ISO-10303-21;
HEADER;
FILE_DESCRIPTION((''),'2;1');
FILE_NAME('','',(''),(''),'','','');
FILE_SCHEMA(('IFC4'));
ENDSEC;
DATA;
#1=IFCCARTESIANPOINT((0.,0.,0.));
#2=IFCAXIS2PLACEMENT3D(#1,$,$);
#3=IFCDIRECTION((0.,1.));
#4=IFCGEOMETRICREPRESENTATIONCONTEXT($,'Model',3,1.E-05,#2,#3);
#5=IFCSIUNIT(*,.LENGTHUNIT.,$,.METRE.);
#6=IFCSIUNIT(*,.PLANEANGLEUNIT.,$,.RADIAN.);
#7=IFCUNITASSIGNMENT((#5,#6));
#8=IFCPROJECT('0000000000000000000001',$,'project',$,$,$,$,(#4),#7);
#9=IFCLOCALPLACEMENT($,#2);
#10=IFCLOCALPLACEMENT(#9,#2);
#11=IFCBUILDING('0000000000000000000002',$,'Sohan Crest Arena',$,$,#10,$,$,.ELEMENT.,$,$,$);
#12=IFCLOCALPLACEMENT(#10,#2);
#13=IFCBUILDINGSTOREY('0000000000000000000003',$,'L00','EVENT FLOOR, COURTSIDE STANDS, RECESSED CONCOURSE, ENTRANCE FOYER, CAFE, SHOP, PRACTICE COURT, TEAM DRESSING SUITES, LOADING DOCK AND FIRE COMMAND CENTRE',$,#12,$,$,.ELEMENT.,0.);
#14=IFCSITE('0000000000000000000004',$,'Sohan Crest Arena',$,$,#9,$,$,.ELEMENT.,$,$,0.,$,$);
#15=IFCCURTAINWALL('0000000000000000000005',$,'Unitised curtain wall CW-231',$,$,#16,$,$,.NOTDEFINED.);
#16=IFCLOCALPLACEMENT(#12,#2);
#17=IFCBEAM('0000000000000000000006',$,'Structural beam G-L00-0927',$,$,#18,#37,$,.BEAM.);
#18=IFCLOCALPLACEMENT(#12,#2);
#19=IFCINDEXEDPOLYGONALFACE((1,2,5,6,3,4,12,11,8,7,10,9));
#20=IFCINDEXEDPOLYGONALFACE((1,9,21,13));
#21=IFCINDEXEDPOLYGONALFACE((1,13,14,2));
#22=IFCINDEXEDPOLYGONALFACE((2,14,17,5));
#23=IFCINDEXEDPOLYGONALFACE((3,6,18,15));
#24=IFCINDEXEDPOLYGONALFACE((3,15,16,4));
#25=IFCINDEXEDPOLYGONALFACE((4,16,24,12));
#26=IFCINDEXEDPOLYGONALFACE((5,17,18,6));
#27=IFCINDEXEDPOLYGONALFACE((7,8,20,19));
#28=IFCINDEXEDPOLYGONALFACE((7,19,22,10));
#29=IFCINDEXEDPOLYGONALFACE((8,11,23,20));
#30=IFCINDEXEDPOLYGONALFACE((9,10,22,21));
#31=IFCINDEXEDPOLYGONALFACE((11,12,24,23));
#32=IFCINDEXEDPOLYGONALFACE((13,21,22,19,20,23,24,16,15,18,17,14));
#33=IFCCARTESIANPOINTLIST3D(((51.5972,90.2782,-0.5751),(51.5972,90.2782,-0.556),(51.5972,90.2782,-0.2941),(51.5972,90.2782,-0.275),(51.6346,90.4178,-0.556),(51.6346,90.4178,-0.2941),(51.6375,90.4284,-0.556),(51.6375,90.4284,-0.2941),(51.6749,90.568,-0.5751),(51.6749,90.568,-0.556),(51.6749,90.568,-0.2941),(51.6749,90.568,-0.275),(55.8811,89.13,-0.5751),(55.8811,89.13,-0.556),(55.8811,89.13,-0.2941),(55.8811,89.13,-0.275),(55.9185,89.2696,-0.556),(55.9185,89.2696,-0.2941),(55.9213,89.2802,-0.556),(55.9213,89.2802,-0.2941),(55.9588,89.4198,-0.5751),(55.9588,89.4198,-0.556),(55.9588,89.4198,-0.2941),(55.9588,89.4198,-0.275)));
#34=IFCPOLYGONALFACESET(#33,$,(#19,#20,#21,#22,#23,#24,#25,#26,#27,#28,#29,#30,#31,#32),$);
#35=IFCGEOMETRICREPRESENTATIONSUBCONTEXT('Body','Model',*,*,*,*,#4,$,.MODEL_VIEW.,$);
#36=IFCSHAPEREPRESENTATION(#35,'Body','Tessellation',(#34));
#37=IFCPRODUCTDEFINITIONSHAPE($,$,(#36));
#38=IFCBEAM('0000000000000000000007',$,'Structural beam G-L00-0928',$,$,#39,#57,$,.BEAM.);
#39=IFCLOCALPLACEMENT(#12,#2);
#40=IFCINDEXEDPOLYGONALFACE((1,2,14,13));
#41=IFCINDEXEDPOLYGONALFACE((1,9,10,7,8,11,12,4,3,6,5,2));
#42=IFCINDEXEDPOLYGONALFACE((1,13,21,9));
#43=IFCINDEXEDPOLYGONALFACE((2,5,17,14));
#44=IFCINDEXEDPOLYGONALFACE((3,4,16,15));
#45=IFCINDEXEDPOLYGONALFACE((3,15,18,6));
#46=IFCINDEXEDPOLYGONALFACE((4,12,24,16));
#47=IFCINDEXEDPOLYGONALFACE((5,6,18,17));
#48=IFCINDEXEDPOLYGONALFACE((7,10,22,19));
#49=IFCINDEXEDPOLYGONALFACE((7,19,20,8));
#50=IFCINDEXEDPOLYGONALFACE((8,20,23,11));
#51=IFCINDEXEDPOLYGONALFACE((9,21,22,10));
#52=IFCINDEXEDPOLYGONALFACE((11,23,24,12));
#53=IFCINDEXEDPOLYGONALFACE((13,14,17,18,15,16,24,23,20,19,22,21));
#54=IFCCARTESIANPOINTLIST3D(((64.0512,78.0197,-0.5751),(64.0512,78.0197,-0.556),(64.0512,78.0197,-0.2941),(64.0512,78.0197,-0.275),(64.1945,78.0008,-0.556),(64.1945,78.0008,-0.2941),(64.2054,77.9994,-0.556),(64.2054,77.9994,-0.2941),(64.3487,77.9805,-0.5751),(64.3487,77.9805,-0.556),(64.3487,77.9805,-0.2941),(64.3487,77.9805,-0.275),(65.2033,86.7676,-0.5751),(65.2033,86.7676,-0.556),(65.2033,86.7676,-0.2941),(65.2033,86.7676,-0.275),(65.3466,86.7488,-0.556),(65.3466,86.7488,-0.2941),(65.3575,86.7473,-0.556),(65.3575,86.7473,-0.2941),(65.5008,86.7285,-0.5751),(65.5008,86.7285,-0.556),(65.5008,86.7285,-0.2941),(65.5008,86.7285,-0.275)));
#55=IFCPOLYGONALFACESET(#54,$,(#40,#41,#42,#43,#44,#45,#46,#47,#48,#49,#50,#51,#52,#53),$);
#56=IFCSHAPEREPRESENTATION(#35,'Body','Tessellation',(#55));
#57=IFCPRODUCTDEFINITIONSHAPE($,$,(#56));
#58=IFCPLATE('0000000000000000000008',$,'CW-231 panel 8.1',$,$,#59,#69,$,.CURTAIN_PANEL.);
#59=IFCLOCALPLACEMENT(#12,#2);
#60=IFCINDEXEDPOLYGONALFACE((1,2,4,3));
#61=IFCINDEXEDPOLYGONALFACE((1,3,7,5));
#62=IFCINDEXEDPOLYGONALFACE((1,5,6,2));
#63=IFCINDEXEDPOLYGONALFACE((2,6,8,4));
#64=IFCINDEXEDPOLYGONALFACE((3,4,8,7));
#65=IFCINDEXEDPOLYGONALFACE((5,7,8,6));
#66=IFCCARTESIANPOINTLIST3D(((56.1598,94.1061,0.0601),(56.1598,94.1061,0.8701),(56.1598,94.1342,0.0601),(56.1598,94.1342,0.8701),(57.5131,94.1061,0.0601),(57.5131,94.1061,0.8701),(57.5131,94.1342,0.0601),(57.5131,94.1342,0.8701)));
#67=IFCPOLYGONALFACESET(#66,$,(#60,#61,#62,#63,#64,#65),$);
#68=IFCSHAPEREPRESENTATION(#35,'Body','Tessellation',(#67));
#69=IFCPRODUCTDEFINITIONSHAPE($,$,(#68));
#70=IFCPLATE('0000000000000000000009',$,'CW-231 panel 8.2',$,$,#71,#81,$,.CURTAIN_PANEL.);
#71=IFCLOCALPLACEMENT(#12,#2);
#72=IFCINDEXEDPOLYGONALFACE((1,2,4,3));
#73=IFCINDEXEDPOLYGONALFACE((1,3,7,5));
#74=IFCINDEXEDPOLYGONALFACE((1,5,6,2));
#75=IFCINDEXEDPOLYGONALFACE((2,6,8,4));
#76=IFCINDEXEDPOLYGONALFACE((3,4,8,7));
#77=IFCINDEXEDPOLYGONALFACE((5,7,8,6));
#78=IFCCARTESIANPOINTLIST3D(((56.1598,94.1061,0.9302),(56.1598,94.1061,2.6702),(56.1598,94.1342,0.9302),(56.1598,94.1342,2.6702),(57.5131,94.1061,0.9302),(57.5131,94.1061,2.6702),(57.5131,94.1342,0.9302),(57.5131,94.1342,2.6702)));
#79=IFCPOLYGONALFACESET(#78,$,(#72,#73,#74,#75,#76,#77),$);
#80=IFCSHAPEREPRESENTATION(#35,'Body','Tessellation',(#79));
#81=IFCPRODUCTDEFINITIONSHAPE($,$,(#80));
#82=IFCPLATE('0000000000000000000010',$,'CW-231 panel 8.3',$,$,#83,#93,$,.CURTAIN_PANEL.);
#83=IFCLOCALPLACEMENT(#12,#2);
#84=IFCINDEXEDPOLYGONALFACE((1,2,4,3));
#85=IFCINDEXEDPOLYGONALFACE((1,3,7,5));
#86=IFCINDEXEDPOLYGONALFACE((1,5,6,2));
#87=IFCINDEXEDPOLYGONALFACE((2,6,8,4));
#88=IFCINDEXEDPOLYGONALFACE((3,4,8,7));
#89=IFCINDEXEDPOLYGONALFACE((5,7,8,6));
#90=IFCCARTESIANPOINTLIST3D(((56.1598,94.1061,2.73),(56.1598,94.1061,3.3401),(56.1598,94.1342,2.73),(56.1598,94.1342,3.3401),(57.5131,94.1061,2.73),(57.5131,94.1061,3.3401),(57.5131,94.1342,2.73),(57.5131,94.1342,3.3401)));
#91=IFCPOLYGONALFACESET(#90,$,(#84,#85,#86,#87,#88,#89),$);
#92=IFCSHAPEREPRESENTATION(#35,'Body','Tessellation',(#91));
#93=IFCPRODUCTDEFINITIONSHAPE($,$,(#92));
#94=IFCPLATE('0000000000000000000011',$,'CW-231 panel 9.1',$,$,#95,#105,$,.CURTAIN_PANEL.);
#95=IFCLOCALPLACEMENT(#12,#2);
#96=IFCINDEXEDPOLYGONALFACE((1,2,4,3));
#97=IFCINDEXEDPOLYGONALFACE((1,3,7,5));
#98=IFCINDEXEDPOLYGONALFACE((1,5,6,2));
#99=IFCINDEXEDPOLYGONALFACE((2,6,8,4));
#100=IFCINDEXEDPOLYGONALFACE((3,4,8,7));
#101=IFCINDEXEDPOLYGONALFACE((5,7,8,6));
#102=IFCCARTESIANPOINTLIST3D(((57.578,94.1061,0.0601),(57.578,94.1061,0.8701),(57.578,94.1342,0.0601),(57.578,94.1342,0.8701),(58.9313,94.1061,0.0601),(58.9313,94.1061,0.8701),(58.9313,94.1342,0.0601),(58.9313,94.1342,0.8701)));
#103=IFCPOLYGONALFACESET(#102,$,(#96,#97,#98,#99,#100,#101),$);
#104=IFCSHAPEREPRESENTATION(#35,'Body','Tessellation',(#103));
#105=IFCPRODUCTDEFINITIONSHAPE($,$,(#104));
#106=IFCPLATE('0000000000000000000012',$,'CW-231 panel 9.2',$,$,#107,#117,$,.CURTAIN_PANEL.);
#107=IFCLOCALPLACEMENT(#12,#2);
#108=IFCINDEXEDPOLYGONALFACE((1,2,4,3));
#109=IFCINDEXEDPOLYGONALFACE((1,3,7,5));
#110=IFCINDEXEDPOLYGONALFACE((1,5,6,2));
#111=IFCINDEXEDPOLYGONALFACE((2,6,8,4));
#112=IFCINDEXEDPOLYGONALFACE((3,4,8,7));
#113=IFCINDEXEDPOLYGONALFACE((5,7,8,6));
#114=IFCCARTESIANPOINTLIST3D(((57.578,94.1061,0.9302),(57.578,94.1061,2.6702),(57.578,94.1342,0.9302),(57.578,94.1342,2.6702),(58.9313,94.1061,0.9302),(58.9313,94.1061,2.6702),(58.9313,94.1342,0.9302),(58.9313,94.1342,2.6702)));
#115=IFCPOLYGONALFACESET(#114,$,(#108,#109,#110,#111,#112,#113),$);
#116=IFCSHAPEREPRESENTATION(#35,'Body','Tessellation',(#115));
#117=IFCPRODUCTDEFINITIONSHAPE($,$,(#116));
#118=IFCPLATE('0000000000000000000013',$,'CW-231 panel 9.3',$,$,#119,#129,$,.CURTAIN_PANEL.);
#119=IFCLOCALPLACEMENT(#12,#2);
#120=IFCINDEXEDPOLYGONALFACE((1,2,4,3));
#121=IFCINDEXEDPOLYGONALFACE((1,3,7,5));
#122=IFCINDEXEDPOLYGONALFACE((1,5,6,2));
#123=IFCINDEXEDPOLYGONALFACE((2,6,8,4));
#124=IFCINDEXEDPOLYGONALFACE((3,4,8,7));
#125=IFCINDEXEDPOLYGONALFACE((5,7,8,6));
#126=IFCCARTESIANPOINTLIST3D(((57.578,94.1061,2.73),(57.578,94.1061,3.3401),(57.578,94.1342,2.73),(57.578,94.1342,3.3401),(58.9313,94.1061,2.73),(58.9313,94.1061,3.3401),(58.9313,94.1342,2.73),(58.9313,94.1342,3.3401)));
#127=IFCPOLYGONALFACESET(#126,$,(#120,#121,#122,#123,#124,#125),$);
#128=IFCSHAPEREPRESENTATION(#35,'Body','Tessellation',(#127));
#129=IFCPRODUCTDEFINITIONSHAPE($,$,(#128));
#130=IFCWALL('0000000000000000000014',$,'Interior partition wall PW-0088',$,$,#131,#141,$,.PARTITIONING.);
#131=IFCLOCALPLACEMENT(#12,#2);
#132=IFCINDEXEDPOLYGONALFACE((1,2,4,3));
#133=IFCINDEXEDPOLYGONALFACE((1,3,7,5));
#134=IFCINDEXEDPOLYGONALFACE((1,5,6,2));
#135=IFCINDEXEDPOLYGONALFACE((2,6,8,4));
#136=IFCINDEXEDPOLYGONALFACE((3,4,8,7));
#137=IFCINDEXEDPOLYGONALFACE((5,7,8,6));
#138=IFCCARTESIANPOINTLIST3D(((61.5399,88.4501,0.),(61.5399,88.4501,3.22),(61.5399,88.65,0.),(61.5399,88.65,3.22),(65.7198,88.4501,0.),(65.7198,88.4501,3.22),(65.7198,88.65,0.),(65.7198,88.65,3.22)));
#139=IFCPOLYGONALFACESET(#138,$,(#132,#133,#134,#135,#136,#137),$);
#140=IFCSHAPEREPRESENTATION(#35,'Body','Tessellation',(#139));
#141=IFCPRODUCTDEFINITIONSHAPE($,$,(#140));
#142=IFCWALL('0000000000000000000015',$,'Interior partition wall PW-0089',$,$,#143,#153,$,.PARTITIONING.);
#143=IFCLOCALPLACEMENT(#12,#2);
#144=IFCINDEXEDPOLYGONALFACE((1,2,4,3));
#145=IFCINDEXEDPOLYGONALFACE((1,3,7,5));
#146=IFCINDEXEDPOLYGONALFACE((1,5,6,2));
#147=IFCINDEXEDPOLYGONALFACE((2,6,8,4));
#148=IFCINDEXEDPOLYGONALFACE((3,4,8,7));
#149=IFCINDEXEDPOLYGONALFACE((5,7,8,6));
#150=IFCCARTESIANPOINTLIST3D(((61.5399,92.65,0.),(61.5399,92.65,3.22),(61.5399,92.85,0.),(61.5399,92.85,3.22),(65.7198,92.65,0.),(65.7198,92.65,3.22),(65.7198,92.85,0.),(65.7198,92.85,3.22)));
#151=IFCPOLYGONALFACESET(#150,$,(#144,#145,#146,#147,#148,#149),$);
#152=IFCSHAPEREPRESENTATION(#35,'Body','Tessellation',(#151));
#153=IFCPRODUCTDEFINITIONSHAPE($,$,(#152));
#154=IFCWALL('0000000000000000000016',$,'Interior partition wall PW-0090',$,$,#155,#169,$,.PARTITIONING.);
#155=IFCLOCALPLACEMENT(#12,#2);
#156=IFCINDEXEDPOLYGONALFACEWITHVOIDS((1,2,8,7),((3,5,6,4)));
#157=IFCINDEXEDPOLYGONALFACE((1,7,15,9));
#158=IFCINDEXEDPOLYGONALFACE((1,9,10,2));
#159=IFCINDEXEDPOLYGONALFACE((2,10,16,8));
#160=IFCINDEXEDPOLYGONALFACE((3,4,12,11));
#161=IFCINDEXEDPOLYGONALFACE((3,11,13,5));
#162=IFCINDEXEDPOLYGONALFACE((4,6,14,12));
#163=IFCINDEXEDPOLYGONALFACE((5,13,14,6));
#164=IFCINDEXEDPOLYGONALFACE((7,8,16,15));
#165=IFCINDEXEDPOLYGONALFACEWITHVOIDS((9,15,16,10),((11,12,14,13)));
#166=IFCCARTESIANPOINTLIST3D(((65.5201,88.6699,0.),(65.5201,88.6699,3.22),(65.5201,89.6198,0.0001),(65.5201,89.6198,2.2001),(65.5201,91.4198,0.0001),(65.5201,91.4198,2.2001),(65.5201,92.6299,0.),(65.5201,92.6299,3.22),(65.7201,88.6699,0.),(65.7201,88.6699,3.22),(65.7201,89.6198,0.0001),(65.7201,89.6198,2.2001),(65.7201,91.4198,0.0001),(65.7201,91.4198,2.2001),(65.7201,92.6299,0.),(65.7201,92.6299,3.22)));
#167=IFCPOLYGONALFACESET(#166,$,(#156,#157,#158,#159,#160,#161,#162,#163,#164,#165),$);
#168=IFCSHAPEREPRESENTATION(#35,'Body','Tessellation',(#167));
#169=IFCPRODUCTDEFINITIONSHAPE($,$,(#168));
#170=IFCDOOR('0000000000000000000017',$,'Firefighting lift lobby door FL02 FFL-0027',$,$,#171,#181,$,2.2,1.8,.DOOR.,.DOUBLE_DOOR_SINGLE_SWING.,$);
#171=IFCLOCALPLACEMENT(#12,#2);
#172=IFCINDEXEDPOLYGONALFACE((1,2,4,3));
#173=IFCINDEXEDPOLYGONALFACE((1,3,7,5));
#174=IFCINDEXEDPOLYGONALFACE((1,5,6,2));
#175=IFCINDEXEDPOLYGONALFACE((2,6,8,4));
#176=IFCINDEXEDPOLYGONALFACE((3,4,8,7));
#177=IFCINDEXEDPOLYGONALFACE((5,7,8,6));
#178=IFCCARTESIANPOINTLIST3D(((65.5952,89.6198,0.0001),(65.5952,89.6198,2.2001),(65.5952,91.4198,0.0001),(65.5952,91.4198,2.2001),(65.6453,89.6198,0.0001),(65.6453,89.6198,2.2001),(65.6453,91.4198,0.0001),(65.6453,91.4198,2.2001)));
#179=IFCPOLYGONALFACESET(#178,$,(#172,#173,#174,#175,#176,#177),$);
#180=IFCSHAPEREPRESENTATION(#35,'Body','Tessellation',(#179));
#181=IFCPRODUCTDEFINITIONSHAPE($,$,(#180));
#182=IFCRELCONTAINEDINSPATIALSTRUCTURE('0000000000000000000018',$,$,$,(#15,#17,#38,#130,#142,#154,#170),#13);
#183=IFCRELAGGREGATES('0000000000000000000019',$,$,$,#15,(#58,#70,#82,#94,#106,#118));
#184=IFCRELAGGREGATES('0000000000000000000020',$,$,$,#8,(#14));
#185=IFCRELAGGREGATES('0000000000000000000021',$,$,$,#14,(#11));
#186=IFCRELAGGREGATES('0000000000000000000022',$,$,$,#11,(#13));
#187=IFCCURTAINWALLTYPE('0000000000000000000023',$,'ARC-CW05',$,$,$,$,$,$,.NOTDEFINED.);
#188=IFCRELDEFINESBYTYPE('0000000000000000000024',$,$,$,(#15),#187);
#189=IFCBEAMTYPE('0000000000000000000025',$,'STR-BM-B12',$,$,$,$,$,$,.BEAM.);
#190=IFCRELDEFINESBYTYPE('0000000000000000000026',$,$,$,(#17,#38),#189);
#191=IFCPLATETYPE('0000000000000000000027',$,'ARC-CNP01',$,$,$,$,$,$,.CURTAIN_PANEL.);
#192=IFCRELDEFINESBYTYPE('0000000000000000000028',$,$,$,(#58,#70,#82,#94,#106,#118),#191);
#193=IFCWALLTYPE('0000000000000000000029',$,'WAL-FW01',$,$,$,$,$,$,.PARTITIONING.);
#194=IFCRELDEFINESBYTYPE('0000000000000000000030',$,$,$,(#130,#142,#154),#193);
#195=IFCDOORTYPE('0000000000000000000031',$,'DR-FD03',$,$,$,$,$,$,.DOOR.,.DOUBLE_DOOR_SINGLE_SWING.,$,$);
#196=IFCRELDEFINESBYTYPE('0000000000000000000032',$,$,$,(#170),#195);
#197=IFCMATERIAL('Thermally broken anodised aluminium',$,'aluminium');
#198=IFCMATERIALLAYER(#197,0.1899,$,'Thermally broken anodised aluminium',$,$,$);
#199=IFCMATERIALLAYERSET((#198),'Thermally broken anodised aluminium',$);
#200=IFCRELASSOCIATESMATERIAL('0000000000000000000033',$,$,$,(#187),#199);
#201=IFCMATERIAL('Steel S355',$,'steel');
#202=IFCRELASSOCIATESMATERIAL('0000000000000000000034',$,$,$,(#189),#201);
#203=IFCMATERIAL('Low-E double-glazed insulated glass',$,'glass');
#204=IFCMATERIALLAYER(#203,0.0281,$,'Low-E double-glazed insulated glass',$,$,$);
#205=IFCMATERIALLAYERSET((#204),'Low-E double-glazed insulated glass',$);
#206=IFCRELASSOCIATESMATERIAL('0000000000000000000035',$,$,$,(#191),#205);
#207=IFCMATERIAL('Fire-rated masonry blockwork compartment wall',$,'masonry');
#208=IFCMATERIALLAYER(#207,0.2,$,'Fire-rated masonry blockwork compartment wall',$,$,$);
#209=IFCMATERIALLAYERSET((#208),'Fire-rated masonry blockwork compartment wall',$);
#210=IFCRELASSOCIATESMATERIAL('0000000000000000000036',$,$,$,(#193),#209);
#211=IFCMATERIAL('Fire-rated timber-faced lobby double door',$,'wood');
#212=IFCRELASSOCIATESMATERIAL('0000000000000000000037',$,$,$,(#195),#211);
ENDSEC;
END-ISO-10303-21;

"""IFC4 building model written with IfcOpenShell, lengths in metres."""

from ifc_helpers import new_model, si_unit, direction, frame, frame_2d, origin, origin_2d, place, context, subcontext, project, spatial, rectangle, i_section, extrude, material, layer, layer_set, material_profile, profile_set, type_object, element, fill, aggregate, save


model = new_model("IFC4")

# Units and contexts
model_context = context("Model", 3, precision=1e-05, world=origin(), true_north=direction((0.0, 1.0)))
body_context = subcontext(model_context, "Body", "Model", "MODEL_VIEW")
ifc_project = project(units=[si_unit("LENGTHUNIT", "METRE"), si_unit("PLANEANGLEUNIT", "RADIAN")], contexts=[model_context])

# Site, building, storey
site_placement = place(None, origin())
site = spatial("IfcSite", under=ifc_project, at=site_placement, Name="Sohan Crest Arena", CompositionType="ELEMENT", RefElevation=0.0)
building_placement = place(site_placement, origin())
building = spatial("IfcBuilding", under=site, at=building_placement, Name="Sohan Crest Arena", CompositionType="ELEMENT")
storey_placement = place(building_placement, origin())
storey = spatial("IfcBuildingStorey", under=building, at=storey_placement, Name="L00", Description="EVENT FLOOR, COURTSIDE STANDS, RECESSED CONCOURSE, ENTRANCE FOYER, CAFE, SHOP, PRACTICE COURT, TEAM DRESSING SUITES, LOADING DOCK AND FIRE COMMAND CENTRE", CompositionType="ELEMENT", Elevation=0.0)

# Curtain wall
ifc_material_1 = material(Name="Thermally broken anodised aluminium", Category="aluminium")
ifc_layer_1 = layer(ifc_material_1, 0.1899, Name="Thermally broken anodised aluminium")
ifc_layer_set_1 = layer_set([ifc_layer_1], Name="Thermally broken anodised aluminium")
curtain_wall_type = type_object("IfcCurtainWallType", Name="ARC-CW05", PredefinedType="NOTDEFINED", material=ifc_layer_set_1)
curtain_wall_placement = place(storey_placement, origin())
curtain_wall = element("IfcCurtainWall", 1, at=curtain_wall_placement, inside=storey, type_object=curtain_wall_type, Name="Unitised curtain wall CW-231", PredefinedType="NOTDEFINED")

# Beams
ifc_material_2 = material(Name="Steel S355", Category="steel")
ifc_material_profile_1 = material_profile(ifc_material_2, i_section(OverallWidth=0.3, OverallDepth=0.3, WebThickness=0.011, FlangeThickness=0.019, at=origin_2d()), Name="HEB 300")
ifc_profile_set_1 = profile_set([ifc_material_profile_1], Name="Steel S355")
beam_type = type_object("IfcBeamType", Name="STR-BM-B12", PredefinedType="BEAM", material=ifc_profile_set_1)
beam_1_placement = place(storey_placement, frame((55.9199, 89.2749, -0.425), z_axis=(-0.965908, 0.258886, 0.0), x_axis=(-0.258886, -0.965908, 0.0)))
element("IfcBeam", 2, at=beam_1_placement, inside=storey, type_object=beam_type, Name="Structural beam G-L00-0927", PredefinedType="BEAM", context=body_context, shape_type="SweptSolid", body=[
    extrude(i_section(OverallWidth=0.3, OverallDepth=0.3, WebThickness=0.011, FlangeThickness=0.019, at=origin_2d()), origin(), (0.0, 0.0, 1.0), 4.4351),
])
beam_2_placement = place(storey_placement, frame((65.3521, 86.748, -0.425), z_axis=(-0.13057, -0.991439, 0.0), x_axis=(0.991439, -0.13057, 0.0)))
element("IfcBeam", 3, at=beam_2_placement, inside=storey, type_object=beam_type, Name="Structural beam G-L00-0928", PredefinedType="BEAM", context=body_context, shape_type="SweptSolid", body=[
    extrude(i_section(OverallWidth=0.3, OverallDepth=0.3, WebThickness=0.011, FlangeThickness=0.019, at=origin_2d()), origin(), (0.0, 0.0, 1.0), 8.8235),
])

# Plates
ifc_material_3 = material(Name="Low-E double-glazed insulated glass", Category="glass")
ifc_layer_2 = layer(ifc_material_3, 0.0281, Name="Low-E double-glazed insulated glass")
ifc_layer_set_2 = layer_set([ifc_layer_2], Name="Low-E double-glazed insulated glass")
plate_type = type_object("IfcPlateType", Name="ARC-CNP01", PredefinedType="CURTAIN_PANEL", material=ifc_layer_set_2)
plate_1_placement = place(storey_placement, frame((56.8364, 94.1201, 0.0601), z_axis=(0.0, 0.0, 1.0), x_axis=(1.0, 0.0, 0.0)))
plate_1 = element("IfcPlate", 4, at=plate_1_placement, type_object=plate_type, Name="CW-231 panel 8.1", PredefinedType="CURTAIN_PANEL", context=body_context, shape_type="SweptSolid", body=[
    extrude(rectangle(XDim=1.3533, YDim=0.0281, at=origin_2d()), origin(), (0.0, 0.0, 1.0), 0.8101),
])
plate_2_placement = place(storey_placement, frame((56.8364, 94.1201, 0.9302), z_axis=(0.0, 0.0, 1.0), x_axis=(1.0, 0.0, 0.0)))
plate_2 = element("IfcPlate", 5, at=plate_2_placement, type_object=plate_type, Name="CW-231 panel 8.2", PredefinedType="CURTAIN_PANEL", context=body_context, shape_type="SweptSolid", body=[
    extrude(rectangle(XDim=1.3533, YDim=0.0281, at=origin_2d()), origin(), (0.0, 0.0, 1.0), 1.74),
])
plate_3_placement = place(storey_placement, frame((56.8364, 94.1201, 2.73), z_axis=(0.0, 0.0, 1.0), x_axis=(1.0, 0.0, 0.0)))
plate_3 = element("IfcPlate", 6, at=plate_3_placement, type_object=plate_type, Name="CW-231 panel 8.3", PredefinedType="CURTAIN_PANEL", context=body_context, shape_type="SweptSolid", body=[
    extrude(rectangle(XDim=1.3533, YDim=0.0281, at=origin_2d()), origin(), (0.0, 0.0, 1.0), 0.6101),
])
plate_4_placement = place(storey_placement, frame((58.2546, 94.1201, 0.0601), z_axis=(0.0, 0.0, 1.0), x_axis=(1.0, 0.0, 0.0)))
plate_4 = element("IfcPlate", 7, at=plate_4_placement, type_object=plate_type, Name="CW-231 panel 9.1", PredefinedType="CURTAIN_PANEL", context=body_context, shape_type="SweptSolid", body=[
    extrude(rectangle(XDim=1.3533, YDim=0.0281, at=origin_2d()), origin(), (0.0, 0.0, 1.0), 0.8101),
])
plate_5_placement = place(storey_placement, frame((58.2546, 94.1201, 0.9302), z_axis=(0.0, 0.0, 1.0), x_axis=(1.0, 0.0, 0.0)))
plate_5 = element("IfcPlate", 8, at=plate_5_placement, type_object=plate_type, Name="CW-231 panel 9.2", PredefinedType="CURTAIN_PANEL", context=body_context, shape_type="SweptSolid", body=[
    extrude(rectangle(XDim=1.3533, YDim=0.0281, at=origin_2d()), origin(), (0.0, 0.0, 1.0), 1.74),
])
plate_6_placement = place(storey_placement, frame((58.2546, 94.1201, 2.73), z_axis=(0.0, 0.0, 1.0), x_axis=(1.0, 0.0, 0.0)))
plate_6 = element("IfcPlate", 9, at=plate_6_placement, type_object=plate_type, Name="CW-231 panel 9.3", PredefinedType="CURTAIN_PANEL", context=body_context, shape_type="SweptSolid", body=[
    extrude(rectangle(XDim=1.3533, YDim=0.0281, at=origin_2d()), origin(), (0.0, 0.0, 1.0), 0.6101),
])
aggregate(curtain_wall, [plate_1, plate_2, plate_3, plate_4, plate_5, plate_6])

# Walls
ifc_material_4 = material(Name="Fire-rated masonry blockwork compartment wall", Category="masonry")
ifc_layer_3 = layer(ifc_material_4, 0.2, Name="Fire-rated masonry blockwork compartment wall")
ifc_layer_set_3 = layer_set([ifc_layer_3], Name="Fire-rated masonry blockwork compartment wall")
wall_type_1 = type_object("IfcWallType", Name="WAL-FW01", PredefinedType="PARTITIONING", material=ifc_layer_set_3)
for number, where, z_axis, x_axis, name in (
    (10, (61.54, 88.55, 0.0), (0.0, 0.0, 1.0), (1.0, 0.0, 0.0), "Interior partition wall PW-0088"),
    (11, (61.54, 92.75, 0.0), (0.0, 0.0, 1.0), (1.0, 0.0, 0.0), "Interior partition wall PW-0089"),
):
    element("IfcWall", number, at=place(storey_placement, frame(where, z_axis=z_axis, x_axis=x_axis)), inside=storey, type_object=wall_type_1, Name=name, PredefinedType="PARTITIONING", context=body_context, shape_type="SweptSolid", body=[
        extrude(rectangle(XDim=4.1799, YDim=0.2, at=frame_2d((2.0898, 0.0))), origin(), (0.0, 0.0, 1.0), 3.22),
    ])

# Wall, opening, door
wall_1_placement = place(storey_placement, frame((65.6201, 88.6699, 0.0), z_axis=(0.0, 0.0, 1.0), x_axis=(0.0, 1.0, 0.0)))
wall_1 = element("IfcWall", 12, at=wall_1_placement, inside=storey, type_object=wall_type_1, Name="Interior partition wall PW-0090", PredefinedType="PARTITIONING", context=body_context, shape_type="SweptSolid", body=[
    extrude(rectangle(XDim=3.96, YDim=0.2, at=frame_2d((1.98, 0.0))), origin(), (0.0, 0.0, 1.0), 3.22),
])
opening_1_placement = place(wall_1_placement, frame((0.95, 0.0, 0.0)))
opening_1 = element("IfcOpeningElement", 13, at=opening_1_placement, cuts=wall_1, PredefinedType="OPENING", context=body_context, shape_type="SweptSolid", body=[
    extrude(rectangle(XDim=1.8, YDim=2.2, at=frame_2d((0.8999, 1.1001))), frame((0.0, 0.1099, 0.0), z_axis=(0.0, -1.0, 0.0), x_axis=(1.0, 0.0, 0.0)), (0.0, 0.0, 1.0), 0.22),
])
ifc_material_5 = material(Name="Fire-rated timber-faced lobby double door", Category="wood")
door_type_1 = type_object("IfcDoorType", Name="DR-FD03", OperationType="DOUBLE_DOOR_SINGLE_SWING", PredefinedType="DOOR", material=ifc_material_5)
door_1_placement = place(opening_1_placement, origin())
door_1 = element("IfcDoor", 14, at=door_1_placement, inside=storey, type_object=door_type_1, Name="Firefighting lift lobby door FL02 FFL-0027", OperationType="DOUBLE_DOOR_SINGLE_SWING", OverallHeight=2.2, OverallWidth=1.8, PredefinedType="DOOR", context=body_context, shape_type="SweptSolid", body=[
    extrude(rectangle(XDim=1.8, YDim=2.2, at=frame_2d((0.8999, 1.1001))), frame((0.0, 0.0249, 0.0), z_axis=(0.0, -1.0, 0.0), x_axis=(1.0, 0.0, 0.0)), (0.0, 0.0, 1.0), 0.05),
])
fill(opening_1, door_1)

save(model, "model.ifc")
